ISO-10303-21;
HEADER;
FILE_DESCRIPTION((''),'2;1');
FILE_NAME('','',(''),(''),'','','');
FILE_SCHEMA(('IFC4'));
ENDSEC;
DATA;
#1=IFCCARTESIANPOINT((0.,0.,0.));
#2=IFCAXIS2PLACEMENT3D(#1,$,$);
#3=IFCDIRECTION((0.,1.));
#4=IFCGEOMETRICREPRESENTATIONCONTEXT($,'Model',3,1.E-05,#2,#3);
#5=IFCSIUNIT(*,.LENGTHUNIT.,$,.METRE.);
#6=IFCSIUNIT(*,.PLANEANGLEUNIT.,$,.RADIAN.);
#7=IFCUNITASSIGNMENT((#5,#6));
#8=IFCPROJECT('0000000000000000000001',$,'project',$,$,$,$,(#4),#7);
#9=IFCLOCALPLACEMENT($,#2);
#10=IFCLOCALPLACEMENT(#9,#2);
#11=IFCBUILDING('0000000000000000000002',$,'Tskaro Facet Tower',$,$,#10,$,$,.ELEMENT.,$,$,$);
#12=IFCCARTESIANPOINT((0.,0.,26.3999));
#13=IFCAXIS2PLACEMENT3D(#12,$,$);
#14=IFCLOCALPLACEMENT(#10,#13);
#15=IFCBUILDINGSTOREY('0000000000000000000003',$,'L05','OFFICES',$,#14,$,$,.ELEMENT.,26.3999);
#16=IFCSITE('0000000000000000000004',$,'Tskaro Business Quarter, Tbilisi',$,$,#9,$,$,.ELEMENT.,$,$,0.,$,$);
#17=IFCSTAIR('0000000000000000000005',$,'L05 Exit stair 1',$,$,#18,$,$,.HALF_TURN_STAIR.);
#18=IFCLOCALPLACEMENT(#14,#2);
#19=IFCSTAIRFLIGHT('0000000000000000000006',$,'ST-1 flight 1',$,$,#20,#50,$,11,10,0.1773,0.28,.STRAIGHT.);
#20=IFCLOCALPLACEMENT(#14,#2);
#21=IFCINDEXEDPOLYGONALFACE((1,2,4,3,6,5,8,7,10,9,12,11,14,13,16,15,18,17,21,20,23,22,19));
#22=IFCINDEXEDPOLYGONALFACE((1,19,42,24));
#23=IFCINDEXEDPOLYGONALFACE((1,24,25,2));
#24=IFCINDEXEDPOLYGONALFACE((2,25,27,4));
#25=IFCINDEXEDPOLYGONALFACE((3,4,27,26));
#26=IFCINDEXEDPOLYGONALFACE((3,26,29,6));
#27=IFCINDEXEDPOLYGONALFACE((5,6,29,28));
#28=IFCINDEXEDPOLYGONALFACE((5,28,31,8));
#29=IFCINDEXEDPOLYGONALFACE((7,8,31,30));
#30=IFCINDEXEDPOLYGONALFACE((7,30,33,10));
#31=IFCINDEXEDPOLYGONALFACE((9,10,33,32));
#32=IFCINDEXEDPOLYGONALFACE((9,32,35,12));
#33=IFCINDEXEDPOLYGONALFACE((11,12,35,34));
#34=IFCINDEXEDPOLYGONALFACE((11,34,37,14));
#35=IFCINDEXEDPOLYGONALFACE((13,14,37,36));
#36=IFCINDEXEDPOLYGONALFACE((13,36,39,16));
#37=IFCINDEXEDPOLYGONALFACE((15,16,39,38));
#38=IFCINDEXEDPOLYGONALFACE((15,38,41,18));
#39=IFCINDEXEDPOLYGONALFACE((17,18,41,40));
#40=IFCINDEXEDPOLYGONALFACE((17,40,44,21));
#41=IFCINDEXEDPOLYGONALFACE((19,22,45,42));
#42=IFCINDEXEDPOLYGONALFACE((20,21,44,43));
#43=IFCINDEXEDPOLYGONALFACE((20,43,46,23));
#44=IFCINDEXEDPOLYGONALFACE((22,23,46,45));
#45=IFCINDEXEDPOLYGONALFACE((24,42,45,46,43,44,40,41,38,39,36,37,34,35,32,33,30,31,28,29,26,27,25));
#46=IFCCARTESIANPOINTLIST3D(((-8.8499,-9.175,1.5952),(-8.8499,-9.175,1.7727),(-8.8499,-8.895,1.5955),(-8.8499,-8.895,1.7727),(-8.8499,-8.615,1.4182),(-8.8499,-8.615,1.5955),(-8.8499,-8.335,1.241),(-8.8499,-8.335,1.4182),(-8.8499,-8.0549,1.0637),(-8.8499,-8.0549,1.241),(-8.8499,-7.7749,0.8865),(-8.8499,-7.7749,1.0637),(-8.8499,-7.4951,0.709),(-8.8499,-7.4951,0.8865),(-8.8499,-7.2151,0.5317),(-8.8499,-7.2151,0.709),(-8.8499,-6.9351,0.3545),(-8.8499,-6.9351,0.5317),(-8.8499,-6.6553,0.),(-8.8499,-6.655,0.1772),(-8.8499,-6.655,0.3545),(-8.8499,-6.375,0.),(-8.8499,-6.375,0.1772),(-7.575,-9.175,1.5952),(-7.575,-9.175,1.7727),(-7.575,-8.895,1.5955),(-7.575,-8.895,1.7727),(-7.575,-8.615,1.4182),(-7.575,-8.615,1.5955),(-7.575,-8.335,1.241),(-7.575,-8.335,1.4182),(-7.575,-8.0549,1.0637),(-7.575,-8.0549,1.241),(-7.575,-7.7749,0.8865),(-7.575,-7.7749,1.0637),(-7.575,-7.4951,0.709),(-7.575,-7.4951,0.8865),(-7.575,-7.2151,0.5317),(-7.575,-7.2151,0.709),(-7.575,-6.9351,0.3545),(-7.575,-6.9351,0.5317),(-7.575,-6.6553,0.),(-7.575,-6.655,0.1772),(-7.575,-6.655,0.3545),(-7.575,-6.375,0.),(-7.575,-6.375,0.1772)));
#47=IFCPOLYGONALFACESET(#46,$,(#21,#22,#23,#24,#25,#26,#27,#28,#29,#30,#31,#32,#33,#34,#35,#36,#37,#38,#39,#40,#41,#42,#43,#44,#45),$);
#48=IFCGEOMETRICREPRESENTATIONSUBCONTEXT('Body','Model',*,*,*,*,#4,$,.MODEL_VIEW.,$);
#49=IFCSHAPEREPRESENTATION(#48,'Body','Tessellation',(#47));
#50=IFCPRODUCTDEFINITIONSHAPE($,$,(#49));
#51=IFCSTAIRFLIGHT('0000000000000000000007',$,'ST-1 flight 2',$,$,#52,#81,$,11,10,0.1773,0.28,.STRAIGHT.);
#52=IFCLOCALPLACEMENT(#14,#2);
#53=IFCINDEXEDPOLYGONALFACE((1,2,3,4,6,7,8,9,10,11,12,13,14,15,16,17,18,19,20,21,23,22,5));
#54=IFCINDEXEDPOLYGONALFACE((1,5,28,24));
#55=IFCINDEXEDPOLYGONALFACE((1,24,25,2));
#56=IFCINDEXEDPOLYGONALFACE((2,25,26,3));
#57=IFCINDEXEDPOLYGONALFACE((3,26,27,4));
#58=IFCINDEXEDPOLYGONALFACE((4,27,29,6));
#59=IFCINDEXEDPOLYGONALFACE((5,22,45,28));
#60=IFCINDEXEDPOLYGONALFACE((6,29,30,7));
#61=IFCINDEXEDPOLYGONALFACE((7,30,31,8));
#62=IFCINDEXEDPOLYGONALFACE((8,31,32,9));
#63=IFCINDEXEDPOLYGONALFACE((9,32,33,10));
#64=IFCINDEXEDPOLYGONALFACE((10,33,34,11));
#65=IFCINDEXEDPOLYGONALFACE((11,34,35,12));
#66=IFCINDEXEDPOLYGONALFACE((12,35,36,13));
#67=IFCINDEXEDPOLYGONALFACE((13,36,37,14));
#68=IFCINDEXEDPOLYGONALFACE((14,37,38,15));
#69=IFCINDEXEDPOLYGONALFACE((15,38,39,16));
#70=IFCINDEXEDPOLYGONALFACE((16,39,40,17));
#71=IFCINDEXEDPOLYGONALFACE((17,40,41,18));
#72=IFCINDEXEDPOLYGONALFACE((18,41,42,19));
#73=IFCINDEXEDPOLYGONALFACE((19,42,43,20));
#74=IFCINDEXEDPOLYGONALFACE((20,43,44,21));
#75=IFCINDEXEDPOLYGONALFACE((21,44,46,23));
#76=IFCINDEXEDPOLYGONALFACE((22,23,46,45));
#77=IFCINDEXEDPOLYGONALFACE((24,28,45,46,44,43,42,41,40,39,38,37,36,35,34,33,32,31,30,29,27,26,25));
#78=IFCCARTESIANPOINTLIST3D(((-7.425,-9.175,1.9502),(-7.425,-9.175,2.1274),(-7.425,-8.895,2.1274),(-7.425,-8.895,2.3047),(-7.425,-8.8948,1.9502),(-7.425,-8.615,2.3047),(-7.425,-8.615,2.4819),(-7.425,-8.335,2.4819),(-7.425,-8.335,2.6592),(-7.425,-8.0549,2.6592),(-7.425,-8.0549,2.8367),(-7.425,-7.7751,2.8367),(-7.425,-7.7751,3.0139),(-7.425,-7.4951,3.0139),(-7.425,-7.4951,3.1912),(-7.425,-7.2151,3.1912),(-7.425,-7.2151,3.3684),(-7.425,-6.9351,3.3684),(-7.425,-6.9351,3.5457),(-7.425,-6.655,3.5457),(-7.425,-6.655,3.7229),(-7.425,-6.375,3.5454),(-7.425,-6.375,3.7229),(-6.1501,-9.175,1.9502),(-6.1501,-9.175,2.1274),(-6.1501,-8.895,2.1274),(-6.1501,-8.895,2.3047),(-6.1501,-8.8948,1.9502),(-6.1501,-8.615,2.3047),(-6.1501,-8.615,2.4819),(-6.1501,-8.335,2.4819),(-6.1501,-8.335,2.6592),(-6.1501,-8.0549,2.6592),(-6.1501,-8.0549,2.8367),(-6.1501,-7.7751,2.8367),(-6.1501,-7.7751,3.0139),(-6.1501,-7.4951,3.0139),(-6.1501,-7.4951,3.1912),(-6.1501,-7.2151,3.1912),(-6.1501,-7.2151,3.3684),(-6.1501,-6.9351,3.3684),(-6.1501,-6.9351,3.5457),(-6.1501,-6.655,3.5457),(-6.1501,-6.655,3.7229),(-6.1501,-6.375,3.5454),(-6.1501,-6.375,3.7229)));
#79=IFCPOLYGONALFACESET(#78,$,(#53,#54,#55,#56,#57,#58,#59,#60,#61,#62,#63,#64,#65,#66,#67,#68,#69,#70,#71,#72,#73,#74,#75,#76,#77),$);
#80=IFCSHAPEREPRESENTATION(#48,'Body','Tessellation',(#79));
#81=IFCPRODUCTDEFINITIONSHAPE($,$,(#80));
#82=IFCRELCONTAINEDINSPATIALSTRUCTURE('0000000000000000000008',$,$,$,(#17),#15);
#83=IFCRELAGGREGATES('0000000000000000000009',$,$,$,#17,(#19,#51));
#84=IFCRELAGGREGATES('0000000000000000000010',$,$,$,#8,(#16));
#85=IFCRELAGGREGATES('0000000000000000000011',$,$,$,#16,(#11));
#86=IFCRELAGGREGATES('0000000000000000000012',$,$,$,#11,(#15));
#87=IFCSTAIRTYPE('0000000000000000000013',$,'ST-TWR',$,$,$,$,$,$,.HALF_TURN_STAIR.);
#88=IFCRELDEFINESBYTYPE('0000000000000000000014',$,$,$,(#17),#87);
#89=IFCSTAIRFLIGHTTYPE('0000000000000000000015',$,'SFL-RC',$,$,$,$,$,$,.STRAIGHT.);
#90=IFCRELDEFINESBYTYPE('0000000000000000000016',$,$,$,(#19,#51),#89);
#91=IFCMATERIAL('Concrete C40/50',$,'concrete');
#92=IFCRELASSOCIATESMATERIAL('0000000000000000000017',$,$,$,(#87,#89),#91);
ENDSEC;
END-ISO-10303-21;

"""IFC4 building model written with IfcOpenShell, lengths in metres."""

from ifc_helpers import new_model, si_unit, direction, frame, origin, place, context, subcontext, project, spatial, polyline, outline, extrude, material, type_object, element, aggregate, save


model = new_model("IFC4")

# Units and contexts
model_context = context("Model", 3, precision=1e-05, world=origin(), true_north=direction((0.0, 1.0)))
body_context = subcontext(model_context, "Body", "Model", "MODEL_VIEW")
ifc_project = project(units=[si_unit("LENGTHUNIT", "METRE"), si_unit("PLANEANGLEUNIT", "RADIAN")], contexts=[model_context])

# Site, building, storey
site_placement = place(None, origin())
site = spatial("IfcSite", under=ifc_project, at=site_placement, Name="Tskaro Business Quarter, Tbilisi", CompositionType="ELEMENT", RefElevation=0.0)
building_placement = place(site_placement, origin())
building = spatial("IfcBuilding", under=site, at=building_placement, Name="Tskaro Facet Tower", CompositionType="ELEMENT")
storey_placement = place(building_placement, frame((0.0, 0.0, 26.3999)))
storey = spatial("IfcBuildingStorey", under=building, at=storey_placement, Name="L05", Description="OFFICES", CompositionType="ELEMENT", Elevation=26.3999)

# Stair, stair flights
ifc_material_1 = material(Name="Concrete C40/50", Category="concrete")
stair_type = type_object("IfcStairType", Name="ST-TWR", PredefinedType="HALF_TURN_STAIR", material=ifc_material_1)
stair_placement = place(storey_placement, origin())
stair = element("IfcStair", 1, at=stair_placement, inside=storey, type_object=stair_type, Name="L05 Exit stair 1", PredefinedType="HALF_TURN_STAIR")
stair_flight_type = type_object("IfcStairFlightType", Name="SFL-RC", PredefinedType="STRAIGHT", material=ifc_material_1)
stair_flight_1_placement = place(storey_placement, frame((-8.2124, -6.375, 0.0), z_axis=(0.0, 0.0, 1.0), x_axis=(0.0, -1.0, 0.0)))
stair_flight_1 = element("IfcStairFlight", 2, at=stair_flight_1_placement, type_object=stair_flight_type, Name="ST-1 flight 1", NumberOfRisers=11, NumberOfTreads=10, PredefinedType="STRAIGHT", RiserHeight=0.1773, TreadLength=0.28, context=body_context, shape_type="SweptSolid", body=[
    extrude(outline(polyline([(0.0, 0.0), (0.0, 0.1772), (0.28, 0.1772), (0.28, 0.3545), (0.5601, 0.3545), (0.5601, 0.5317), (0.8401, 0.5317), (0.8401, 0.709), (1.1201, 0.709), (1.1201, 0.8865), (1.3999, 0.8865), (1.3999, 1.0637), (1.6799, 1.0637), (1.6799, 1.241), (1.96, 1.241), (1.96, 1.4182), (2.24, 1.4182), (2.24, 1.5955), (2.52, 1.5955), (2.52, 1.7727), (2.8, 1.7727), (2.8, 1.95), (2.8, 1.5952), (0.2803, 0.0), (0.0, 0.0)])), frame((0.0, 0.6375, 0.0), z_axis=(0.0, -1.0, 0.0), x_axis=(1.0, 0.0, 0.0)), (0.0, 0.0, 1.0), 1.2749),
])
stair_flight_2_placement = place(storey_placement, frame((-6.7876, -9.175, 1.9502), z_axis=(0.0, 0.0, 1.0), x_axis=(0.0, 1.0, 0.0)))
stair_flight_2 = element("IfcStairFlight", 3, at=stair_flight_2_placement, type_object=stair_flight_type, Name="ST-1 flight 2", NumberOfRisers=11, NumberOfTreads=10, PredefinedType="STRAIGHT", RiserHeight=0.1773, TreadLength=0.28, context=body_context, shape_type="SweptSolid", body=[
    extrude(outline(polyline([(0.0, 0.0), (0.0, 0.1772), (0.28, 0.1772), (0.28, 0.3545), (0.5601, 0.3545), (0.5601, 0.5317), (0.8401, 0.5317), (0.8401, 0.709), (1.1201, 0.709), (1.1201, 0.8865), (1.3999, 0.8865), (1.3999, 1.0637), (1.6799, 1.0637), (1.6799, 1.241), (1.96, 1.241), (1.96, 1.4182), (2.24, 1.4182), (2.24, 1.5955), (2.52, 1.5955), (2.52, 1.7727), (2.8, 1.7727), (2.8, 1.95), (2.8, 1.5952), (0.2803, 0.0), (0.0, 0.0)])), frame((0.0, 0.6375, 0.0), z_axis=(0.0, -1.0, 0.0), x_axis=(1.0, 0.0, 0.0)), (0.0, 0.0, 1.0), 1.2749),
])
aggregate(stair, [stair_flight_1, stair_flight_2])

save(model, "model.ifc")
